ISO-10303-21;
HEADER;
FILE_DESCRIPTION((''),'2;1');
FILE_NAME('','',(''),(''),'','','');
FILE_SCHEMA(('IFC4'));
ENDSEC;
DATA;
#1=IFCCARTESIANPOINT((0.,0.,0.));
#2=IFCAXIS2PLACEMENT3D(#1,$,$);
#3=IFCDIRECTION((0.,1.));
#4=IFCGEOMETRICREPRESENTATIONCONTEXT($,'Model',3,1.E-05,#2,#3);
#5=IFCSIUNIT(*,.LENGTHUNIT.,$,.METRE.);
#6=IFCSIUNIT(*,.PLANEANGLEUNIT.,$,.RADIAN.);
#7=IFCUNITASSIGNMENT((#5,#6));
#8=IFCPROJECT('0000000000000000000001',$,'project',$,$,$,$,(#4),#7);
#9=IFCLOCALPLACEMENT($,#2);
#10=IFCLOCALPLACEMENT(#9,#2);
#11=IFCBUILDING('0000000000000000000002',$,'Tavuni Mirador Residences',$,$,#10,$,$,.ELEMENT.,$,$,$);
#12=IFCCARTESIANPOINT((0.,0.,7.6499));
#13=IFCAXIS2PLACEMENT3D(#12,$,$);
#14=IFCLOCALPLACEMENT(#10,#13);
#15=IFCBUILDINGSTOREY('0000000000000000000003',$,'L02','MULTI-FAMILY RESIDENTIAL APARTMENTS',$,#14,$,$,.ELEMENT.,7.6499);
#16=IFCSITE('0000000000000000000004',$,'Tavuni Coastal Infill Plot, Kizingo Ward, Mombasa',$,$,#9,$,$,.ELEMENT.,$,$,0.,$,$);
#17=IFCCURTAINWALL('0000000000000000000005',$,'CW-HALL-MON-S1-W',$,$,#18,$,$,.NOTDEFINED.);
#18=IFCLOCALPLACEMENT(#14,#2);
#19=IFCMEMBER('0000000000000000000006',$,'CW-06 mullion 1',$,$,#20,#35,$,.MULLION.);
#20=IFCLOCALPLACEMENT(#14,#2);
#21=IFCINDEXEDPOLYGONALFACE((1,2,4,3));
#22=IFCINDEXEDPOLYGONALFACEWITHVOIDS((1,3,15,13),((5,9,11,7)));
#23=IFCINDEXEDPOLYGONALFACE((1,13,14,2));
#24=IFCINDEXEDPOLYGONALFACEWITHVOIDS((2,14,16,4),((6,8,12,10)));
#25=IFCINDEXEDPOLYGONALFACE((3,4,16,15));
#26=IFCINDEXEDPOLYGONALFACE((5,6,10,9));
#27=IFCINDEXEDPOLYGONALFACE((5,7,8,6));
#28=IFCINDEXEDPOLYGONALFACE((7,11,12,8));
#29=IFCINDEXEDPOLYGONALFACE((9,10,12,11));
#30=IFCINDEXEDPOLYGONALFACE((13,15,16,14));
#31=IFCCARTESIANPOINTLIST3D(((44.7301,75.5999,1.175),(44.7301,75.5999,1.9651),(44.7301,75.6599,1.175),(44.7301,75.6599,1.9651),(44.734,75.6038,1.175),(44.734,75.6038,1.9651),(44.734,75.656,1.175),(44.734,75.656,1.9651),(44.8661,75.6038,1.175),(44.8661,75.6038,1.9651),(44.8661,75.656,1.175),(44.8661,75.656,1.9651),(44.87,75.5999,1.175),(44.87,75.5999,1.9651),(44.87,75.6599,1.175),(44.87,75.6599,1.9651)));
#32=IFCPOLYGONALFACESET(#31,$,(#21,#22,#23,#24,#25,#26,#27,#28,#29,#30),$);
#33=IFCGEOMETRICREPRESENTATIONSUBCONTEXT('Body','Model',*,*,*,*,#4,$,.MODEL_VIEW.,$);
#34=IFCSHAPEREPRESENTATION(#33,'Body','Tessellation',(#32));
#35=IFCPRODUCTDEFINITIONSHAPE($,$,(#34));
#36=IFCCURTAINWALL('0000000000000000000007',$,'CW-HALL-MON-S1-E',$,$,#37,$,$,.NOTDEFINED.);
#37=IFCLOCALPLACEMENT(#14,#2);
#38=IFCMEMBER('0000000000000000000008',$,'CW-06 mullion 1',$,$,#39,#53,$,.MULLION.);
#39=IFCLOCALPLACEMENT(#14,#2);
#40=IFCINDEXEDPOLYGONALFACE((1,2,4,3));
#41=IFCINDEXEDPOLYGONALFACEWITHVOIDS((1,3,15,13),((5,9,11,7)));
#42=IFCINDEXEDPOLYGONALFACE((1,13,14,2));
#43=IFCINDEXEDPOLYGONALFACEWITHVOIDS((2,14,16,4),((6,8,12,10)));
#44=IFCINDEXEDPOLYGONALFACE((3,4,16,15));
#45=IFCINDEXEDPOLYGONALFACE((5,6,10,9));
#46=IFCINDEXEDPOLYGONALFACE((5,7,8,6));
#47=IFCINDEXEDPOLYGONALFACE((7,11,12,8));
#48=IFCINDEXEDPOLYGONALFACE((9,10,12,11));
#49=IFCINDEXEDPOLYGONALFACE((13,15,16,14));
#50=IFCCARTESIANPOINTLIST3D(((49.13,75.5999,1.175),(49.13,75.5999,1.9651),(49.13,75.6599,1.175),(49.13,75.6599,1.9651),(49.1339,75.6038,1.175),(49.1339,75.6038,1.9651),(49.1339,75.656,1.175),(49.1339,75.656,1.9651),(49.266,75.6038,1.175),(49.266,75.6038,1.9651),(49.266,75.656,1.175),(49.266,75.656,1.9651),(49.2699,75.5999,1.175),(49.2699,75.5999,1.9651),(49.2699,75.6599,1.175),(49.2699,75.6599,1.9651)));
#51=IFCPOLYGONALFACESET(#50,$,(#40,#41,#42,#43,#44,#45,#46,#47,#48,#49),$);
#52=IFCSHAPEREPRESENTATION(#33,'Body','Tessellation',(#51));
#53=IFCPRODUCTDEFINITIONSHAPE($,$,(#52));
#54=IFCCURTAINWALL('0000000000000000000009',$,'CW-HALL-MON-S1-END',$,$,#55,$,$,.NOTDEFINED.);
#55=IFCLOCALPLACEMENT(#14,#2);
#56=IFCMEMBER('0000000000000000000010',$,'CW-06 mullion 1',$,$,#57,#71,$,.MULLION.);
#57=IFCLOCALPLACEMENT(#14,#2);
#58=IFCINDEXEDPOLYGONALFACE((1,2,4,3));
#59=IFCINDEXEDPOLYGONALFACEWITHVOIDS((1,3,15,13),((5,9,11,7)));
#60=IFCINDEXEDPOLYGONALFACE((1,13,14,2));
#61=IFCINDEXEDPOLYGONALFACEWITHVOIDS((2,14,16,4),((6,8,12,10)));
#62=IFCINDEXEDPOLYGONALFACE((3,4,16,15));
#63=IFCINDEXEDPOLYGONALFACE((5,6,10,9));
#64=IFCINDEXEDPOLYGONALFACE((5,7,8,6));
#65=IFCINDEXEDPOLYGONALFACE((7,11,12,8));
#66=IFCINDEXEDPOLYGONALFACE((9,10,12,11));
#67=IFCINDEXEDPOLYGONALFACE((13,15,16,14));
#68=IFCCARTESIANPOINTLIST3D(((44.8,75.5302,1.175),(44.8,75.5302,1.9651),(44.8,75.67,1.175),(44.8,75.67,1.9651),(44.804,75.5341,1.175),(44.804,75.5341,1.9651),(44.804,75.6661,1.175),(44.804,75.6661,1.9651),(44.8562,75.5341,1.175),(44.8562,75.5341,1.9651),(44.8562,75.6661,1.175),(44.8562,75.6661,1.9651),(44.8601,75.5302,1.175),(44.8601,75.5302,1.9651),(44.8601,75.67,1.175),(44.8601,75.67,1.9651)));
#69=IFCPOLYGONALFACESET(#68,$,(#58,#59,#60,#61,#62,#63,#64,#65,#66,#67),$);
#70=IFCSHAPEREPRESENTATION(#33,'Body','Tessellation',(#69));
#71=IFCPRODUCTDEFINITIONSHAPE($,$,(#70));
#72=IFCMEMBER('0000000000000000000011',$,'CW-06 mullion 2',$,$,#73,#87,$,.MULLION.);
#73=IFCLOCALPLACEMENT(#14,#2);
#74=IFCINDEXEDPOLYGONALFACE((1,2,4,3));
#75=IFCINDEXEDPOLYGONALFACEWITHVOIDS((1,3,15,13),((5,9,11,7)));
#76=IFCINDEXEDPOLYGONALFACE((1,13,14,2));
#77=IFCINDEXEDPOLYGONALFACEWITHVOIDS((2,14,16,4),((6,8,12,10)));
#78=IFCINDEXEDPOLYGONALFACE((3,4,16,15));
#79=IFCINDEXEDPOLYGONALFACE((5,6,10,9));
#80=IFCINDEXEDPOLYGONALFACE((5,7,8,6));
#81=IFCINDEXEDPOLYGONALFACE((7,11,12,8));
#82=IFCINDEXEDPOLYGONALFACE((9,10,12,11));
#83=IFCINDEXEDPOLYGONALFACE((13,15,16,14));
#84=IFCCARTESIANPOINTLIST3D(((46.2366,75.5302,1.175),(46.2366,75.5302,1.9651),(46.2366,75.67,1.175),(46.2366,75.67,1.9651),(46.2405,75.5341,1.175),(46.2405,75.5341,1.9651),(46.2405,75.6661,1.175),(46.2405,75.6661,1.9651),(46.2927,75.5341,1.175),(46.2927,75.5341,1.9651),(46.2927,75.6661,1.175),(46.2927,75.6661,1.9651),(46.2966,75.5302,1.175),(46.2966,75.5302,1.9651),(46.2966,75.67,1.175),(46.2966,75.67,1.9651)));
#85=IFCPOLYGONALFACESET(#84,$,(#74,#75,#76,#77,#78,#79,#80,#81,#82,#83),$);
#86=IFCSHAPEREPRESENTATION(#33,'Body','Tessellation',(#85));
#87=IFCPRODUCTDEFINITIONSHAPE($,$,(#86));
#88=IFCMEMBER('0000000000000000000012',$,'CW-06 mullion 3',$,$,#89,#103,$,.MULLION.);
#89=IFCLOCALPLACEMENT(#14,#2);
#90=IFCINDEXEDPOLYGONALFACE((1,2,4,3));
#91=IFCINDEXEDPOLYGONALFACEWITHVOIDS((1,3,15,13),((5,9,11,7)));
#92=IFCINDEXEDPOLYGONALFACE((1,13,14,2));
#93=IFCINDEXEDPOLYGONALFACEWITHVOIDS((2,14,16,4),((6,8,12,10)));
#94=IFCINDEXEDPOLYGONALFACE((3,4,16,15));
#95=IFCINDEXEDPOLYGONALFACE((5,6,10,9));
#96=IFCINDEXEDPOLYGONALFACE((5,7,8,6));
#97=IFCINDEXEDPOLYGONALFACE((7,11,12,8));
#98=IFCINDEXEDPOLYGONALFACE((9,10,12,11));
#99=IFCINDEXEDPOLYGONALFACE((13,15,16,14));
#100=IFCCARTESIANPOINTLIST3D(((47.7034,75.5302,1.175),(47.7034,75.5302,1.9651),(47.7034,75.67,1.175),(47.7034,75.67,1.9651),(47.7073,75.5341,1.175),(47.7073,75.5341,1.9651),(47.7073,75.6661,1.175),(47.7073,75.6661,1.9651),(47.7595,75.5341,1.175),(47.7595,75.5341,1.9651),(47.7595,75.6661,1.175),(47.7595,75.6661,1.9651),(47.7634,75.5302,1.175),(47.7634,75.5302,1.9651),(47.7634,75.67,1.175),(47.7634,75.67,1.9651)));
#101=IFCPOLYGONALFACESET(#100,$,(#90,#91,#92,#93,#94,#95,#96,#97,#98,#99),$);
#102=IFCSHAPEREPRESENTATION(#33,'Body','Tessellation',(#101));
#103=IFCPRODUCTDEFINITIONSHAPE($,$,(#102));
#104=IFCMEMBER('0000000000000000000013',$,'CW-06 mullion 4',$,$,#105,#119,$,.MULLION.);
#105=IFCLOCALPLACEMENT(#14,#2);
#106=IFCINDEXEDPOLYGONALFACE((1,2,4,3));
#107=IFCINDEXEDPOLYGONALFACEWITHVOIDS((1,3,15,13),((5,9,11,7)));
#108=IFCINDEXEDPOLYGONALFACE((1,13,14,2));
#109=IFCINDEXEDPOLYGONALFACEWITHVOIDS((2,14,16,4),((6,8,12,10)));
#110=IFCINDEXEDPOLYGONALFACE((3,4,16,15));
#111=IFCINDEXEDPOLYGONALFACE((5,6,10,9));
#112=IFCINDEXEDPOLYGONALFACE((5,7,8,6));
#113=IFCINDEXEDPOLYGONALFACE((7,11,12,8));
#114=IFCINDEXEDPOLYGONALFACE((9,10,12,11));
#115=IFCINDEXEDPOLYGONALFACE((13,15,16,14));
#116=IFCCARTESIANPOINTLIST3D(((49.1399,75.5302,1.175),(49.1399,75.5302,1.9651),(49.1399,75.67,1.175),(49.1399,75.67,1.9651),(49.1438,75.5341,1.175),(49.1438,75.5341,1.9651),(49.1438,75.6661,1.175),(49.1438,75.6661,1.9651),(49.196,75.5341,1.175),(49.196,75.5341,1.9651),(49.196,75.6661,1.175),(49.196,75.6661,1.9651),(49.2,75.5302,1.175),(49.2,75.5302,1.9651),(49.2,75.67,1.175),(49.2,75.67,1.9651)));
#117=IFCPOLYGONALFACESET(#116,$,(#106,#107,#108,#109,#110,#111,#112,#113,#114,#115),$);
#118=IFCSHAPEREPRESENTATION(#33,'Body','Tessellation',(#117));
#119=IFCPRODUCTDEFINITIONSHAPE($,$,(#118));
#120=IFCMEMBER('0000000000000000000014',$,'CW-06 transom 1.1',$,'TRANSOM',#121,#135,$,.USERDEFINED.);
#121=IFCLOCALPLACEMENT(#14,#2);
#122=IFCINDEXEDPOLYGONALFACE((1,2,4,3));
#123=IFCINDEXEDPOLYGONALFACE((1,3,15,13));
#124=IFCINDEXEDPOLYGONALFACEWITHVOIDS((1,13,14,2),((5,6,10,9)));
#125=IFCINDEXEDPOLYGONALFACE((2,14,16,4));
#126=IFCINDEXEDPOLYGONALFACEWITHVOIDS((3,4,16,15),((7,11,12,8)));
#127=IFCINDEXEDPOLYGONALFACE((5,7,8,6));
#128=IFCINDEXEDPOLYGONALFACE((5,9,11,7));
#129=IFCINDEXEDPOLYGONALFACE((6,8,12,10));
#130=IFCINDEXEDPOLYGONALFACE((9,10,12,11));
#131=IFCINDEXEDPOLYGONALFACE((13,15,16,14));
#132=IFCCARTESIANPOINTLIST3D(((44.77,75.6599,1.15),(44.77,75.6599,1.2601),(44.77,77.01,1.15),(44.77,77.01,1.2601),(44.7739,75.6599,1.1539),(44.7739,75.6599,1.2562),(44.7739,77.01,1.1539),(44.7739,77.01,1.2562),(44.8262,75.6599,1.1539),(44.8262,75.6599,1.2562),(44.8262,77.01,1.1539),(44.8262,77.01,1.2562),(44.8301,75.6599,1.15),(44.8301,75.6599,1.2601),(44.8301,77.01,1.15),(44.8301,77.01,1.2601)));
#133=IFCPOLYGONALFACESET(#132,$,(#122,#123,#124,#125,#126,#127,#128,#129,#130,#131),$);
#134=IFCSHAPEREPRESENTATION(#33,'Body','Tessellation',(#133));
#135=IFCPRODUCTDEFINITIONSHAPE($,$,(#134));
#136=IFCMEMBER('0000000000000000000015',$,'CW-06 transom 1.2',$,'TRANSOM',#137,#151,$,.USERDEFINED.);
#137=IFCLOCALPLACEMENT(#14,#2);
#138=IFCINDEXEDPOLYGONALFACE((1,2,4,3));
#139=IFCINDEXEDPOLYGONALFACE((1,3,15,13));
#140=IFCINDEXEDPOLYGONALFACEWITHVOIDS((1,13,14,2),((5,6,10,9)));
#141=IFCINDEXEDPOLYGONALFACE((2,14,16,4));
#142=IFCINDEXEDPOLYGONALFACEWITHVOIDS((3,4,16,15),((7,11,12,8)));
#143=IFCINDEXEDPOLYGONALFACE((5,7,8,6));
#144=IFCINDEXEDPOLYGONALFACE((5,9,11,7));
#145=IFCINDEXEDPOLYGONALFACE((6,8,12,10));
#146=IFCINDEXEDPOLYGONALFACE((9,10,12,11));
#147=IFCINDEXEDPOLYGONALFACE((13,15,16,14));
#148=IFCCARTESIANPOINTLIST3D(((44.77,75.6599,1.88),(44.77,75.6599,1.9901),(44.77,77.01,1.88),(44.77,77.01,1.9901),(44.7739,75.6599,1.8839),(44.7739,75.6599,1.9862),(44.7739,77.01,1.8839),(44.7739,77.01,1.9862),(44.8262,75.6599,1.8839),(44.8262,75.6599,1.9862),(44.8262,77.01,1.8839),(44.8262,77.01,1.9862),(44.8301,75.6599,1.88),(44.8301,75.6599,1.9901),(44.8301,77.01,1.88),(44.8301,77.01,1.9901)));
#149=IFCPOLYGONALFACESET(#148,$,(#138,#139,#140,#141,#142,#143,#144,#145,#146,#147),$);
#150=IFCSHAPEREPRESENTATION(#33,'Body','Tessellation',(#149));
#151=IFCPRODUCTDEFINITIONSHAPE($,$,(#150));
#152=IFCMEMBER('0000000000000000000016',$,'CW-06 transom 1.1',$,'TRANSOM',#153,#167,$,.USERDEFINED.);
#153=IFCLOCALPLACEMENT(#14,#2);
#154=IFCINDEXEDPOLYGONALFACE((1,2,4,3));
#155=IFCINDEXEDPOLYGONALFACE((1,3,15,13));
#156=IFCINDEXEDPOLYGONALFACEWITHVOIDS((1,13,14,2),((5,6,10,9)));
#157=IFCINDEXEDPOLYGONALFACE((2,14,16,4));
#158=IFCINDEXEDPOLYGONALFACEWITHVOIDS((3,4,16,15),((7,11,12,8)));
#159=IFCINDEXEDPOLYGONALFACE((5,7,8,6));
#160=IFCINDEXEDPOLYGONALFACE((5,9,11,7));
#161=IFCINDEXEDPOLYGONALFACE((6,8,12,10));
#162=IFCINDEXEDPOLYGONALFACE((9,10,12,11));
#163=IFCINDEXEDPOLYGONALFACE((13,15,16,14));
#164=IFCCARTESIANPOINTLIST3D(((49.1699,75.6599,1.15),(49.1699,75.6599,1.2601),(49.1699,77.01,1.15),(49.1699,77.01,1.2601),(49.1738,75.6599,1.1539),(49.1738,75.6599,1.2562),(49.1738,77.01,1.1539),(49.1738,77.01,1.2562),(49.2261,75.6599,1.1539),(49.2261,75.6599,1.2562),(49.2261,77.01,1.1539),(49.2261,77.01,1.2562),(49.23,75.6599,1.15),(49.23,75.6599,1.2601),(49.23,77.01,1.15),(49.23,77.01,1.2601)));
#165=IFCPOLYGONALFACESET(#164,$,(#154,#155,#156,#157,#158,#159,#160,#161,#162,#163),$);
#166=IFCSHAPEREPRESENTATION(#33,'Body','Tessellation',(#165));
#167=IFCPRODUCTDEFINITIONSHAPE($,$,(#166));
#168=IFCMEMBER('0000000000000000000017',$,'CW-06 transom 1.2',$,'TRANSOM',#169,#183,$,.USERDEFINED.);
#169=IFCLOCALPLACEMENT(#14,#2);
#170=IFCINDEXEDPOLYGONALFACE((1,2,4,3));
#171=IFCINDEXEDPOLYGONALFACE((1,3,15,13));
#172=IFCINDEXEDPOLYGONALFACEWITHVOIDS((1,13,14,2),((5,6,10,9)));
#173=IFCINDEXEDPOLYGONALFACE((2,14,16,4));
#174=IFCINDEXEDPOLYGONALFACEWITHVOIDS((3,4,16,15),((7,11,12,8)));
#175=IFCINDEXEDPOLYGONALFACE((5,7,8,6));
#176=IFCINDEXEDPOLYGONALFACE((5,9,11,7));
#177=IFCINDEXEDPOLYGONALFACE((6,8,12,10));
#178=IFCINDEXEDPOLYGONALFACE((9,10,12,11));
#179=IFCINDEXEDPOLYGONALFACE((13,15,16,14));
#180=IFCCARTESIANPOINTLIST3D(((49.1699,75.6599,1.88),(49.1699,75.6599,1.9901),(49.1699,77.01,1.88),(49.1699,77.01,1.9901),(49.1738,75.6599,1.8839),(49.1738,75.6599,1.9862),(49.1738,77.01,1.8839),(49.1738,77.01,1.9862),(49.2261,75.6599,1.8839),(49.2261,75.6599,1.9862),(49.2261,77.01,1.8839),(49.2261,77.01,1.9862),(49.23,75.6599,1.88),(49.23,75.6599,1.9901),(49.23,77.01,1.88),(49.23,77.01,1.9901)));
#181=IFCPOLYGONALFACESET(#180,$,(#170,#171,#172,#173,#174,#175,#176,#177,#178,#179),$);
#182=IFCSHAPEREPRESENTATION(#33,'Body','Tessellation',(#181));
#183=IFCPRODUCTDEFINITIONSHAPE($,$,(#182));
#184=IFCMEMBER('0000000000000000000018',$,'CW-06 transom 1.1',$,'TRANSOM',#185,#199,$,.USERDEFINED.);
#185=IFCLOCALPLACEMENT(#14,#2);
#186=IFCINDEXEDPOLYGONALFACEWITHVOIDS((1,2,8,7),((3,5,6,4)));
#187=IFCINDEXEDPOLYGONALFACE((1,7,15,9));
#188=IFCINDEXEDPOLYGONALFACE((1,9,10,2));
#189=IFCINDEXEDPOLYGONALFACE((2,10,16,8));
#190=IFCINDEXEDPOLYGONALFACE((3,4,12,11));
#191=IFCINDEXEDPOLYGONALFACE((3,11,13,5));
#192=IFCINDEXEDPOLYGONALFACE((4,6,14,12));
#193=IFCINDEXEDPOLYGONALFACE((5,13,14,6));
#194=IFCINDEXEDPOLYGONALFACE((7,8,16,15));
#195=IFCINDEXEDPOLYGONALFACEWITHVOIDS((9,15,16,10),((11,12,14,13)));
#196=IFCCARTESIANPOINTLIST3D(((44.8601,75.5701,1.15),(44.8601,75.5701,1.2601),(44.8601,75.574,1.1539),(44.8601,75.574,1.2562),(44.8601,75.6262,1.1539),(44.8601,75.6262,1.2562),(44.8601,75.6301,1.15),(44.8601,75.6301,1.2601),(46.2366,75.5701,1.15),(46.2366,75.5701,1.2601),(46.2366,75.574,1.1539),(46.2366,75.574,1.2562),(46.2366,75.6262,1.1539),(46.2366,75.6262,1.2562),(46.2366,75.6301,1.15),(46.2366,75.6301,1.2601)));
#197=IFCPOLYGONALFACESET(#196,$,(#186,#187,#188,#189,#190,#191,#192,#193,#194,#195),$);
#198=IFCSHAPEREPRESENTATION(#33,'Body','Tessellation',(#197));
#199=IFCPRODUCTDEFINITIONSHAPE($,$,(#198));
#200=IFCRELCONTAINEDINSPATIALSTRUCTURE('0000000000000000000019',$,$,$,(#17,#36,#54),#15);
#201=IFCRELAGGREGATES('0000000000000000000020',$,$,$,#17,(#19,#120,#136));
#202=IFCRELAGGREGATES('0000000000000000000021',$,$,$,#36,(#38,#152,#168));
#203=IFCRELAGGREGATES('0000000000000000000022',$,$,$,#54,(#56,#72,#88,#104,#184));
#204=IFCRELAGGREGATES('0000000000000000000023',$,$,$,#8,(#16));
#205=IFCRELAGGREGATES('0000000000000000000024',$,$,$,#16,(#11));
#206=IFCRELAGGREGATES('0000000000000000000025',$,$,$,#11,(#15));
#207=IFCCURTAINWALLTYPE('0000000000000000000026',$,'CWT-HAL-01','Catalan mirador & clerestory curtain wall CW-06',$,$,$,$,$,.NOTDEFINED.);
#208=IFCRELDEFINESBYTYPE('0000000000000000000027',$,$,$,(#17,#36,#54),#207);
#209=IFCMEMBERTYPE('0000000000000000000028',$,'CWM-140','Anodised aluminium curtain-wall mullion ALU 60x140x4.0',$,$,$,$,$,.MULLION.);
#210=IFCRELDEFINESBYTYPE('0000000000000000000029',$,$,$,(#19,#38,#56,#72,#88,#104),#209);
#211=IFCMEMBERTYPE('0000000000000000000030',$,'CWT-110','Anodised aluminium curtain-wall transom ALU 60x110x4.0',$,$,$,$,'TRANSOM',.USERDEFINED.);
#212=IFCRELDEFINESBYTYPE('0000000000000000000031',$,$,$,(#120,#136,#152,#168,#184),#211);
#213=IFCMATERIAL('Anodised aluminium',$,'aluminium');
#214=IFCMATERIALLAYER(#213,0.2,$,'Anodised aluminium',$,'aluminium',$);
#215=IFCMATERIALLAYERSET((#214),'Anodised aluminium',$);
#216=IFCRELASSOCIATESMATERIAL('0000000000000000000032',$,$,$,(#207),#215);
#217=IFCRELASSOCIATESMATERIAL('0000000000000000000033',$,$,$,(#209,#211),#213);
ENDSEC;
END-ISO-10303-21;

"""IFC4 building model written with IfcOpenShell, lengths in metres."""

from ifc_helpers import new_model, si_unit, direction, frame, origin, origin_2d, place, context, subcontext, project, spatial, hollow_rectangle, extrude, material, layer, layer_set, material_profile, profile_set, type_object, element, aggregate, save


model = new_model("IFC4")

# Units and contexts
model_context = context("Model", 3, precision=1e-05, world=origin(), true_north=direction((0.0, 1.0)))
body_context = subcontext(model_context, "Body", "Model", "MODEL_VIEW")
ifc_project = project(units=[si_unit("LENGTHUNIT", "METRE"), si_unit("PLANEANGLEUNIT", "RADIAN")], contexts=[model_context])

# Site, building, storey
site_placement = place(None, origin())
site = spatial("IfcSite", under=ifc_project, at=site_placement, Name="Tavuni Coastal Infill Plot, Kizingo Ward, Mombasa", CompositionType="ELEMENT", RefElevation=0.0)
building_placement = place(site_placement, origin())
building = spatial("IfcBuilding", under=site, at=building_placement, Name="Tavuni Mirador Residences", CompositionType="ELEMENT")
storey_placement = place(building_placement, frame((0.0, 0.0, 7.6499)))
storey = spatial("IfcBuildingStorey", under=building, at=storey_placement, Name="L02", Description="MULTI-FAMILY RESIDENTIAL APARTMENTS", CompositionType="ELEMENT", Elevation=7.6499)

# Curtain walls, members
ifc_material_1 = material(Name="Anodised aluminium", Category="aluminium")
ifc_layer_1 = layer(ifc_material_1, 0.2, Name="Anodised aluminium", Category="aluminium")
ifc_layer_set_1 = layer_set([ifc_layer_1], Name="Anodised aluminium")
curtain_wall_type = type_object("IfcCurtainWallType", Name="CWT-HAL-01", Description="Catalan mirador & clerestory curtain wall CW-06", PredefinedType="NOTDEFINED", material=ifc_layer_set_1)
curtain_wall_1_placement = place(storey_placement, origin())
curtain_wall_1 = element("IfcCurtainWall", 1, at=curtain_wall_1_placement, inside=storey, type_object=curtain_wall_type, Name="CW-HALL-MON-S1-W", PredefinedType="NOTDEFINED")
ifc_material_profile_1 = material_profile(ifc_material_1, hollow_rectangle(XDim=0.0601, YDim=0.1399, WallThickness=0.0039, at=origin_2d()), Name="ALU 60x140x4.0", Category="aluminium")
ifc_profile_set_1 = profile_set([ifc_material_profile_1], Name="Anodised aluminium")
member_type_1 = type_object("IfcMemberType", Name="CWM-140", Description="Anodised aluminium curtain-wall mullion ALU 60x140x4.0", PredefinedType="MULLION", material=ifc_profile_set_1)
member_1_placement = place(storey_placement, frame((44.8, 75.6299, 1.175), z_axis=(0.0, 0.0, 1.0), x_axis=(0.0, 1.0, 0.0)))
member_1 = element("IfcMember", 2, at=member_1_placement, type_object=member_type_1, Name="CW-06 mullion 1", PredefinedType="MULLION", context=body_context, shape_type="SweptSolid", body=[
    extrude(hollow_rectangle(XDim=0.0601, YDim=0.1399, WallThickness=0.0039, at=origin_2d()), origin(), (0.0, 0.0, 1.0), 0.79),
])
curtain_wall_2_placement = place(storey_placement, origin())
curtain_wall_2 = element("IfcCurtainWall", 3, at=curtain_wall_2_placement, inside=storey, type_object=curtain_wall_type, Name="CW-HALL-MON-S1-E", PredefinedType="NOTDEFINED")
member_2_placement = place(storey_placement, frame((49.2, 75.6299, 1.175), z_axis=(0.0, 0.0, 1.0), x_axis=(0.0, 1.0, 0.0)))
member_2 = element("IfcMember", 4, at=member_2_placement, type_object=member_type_1, Name="CW-06 mullion 1", PredefinedType="MULLION", context=body_context, shape_type="SweptSolid", body=[
    extrude(hollow_rectangle(XDim=0.0601, YDim=0.1399, WallThickness=0.0039, at=origin_2d()), origin(), (0.0, 0.0, 1.0), 0.79),
])

# Curtain wall, members
curtain_wall_3_placement = place(storey_placement, origin())
curtain_wall_3 = element("IfcCurtainWall", 5, at=curtain_wall_3_placement, inside=storey, type_object=curtain_wall_type, Name="CW-HALL-MON-S1-END", PredefinedType="NOTDEFINED")
member_3_placement = place(storey_placement, frame((44.8301, 75.6001, 1.175), z_axis=(0.0, 0.0, 1.0), x_axis=(1.0, 0.0, 0.0)))
member_3 = element("IfcMember", 6, at=member_3_placement, type_object=member_type_1, Name="CW-06 mullion 1", PredefinedType="MULLION", context=body_context, shape_type="SweptSolid", body=[
    extrude(hollow_rectangle(XDim=0.0601, YDim=0.1399, WallThickness=0.0039, at=origin_2d()), origin(), (0.0, 0.0, 1.0), 0.79),
])
member_4_placement = place(storey_placement, frame((46.2666, 75.6001, 1.175), z_axis=(0.0, 0.0, 1.0), x_axis=(1.0, 0.0, 0.0)))
member_4 = element("IfcMember", 7, at=member_4_placement, type_object=member_type_1, Name="CW-06 mullion 2", PredefinedType="MULLION", context=body_context, shape_type="SweptSolid", body=[
    extrude(hollow_rectangle(XDim=0.0601, YDim=0.1399, WallThickness=0.0039, at=origin_2d()), origin(), (0.0, 0.0, 1.0), 0.79),
])
member_5_placement = place(storey_placement, frame((47.7334, 75.6001, 1.175), z_axis=(0.0, 0.0, 1.0), x_axis=(1.0, 0.0, 0.0)))
member_5 = element("IfcMember", 8, at=member_5_placement, type_object=member_type_1, Name="CW-06 mullion 3", PredefinedType="MULLION", context=body_context, shape_type="SweptSolid", body=[
    extrude(hollow_rectangle(XDim=0.0601, YDim=0.1399, WallThickness=0.0039, at=origin_2d()), origin(), (0.0, 0.0, 1.0), 0.79),
])
member_6_placement = place(storey_placement, frame((49.1699, 75.6001, 1.175), z_axis=(0.0, 0.0, 1.0), x_axis=(1.0, 0.0, 0.0)))
member_6 = element("IfcMember", 9, at=member_6_placement, type_object=member_type_1, Name="CW-06 mullion 4", PredefinedType="MULLION", context=body_context, shape_type="SweptSolid", body=[
    extrude(hollow_rectangle(XDim=0.0601, YDim=0.1399, WallThickness=0.0039, at=origin_2d()), origin(), (0.0, 0.0, 1.0), 0.79),
])

# Members
ifc_material_profile_2 = material_profile(ifc_material_1, hollow_rectangle(XDim=0.0601, YDim=0.1101, WallThickness=0.0039, at=origin_2d()), Name="ALU 60x110x4.0", Category="aluminium")
ifc_profile_set_2 = profile_set([ifc_material_profile_2], Name="Anodised aluminium")
member_type_2 = type_object("IfcMemberType", Name="CWT-110", Description="Anodised aluminium curtain-wall transom ALU 60x110x4.0", ElementType="TRANSOM", PredefinedType="USERDEFINED", material=ifc_profile_set_2)
member_7_placement = place(storey_placement, frame((44.8, 75.6599, 1.2051), z_axis=(0.0, 1.0, 0.0), x_axis=(-1.0, 0.0, 0.0)))
member_7 = element("IfcMember", 10, at=member_7_placement, type_object=member_type_2, Name="CW-06 transom 1.1", ObjectType="TRANSOM", PredefinedType="USERDEFINED", context=body_context, shape_type="SweptSolid", body=[
    extrude(hollow_rectangle(XDim=0.0601, YDim=0.1101, WallThickness=0.0039, at=origin_2d()), origin(), (0.0, 0.0, 1.0), 1.3501),
])
member_8_placement = place(storey_placement, frame((44.8, 75.6599, 1.9351), z_axis=(0.0, 1.0, 0.0), x_axis=(-1.0, 0.0, 0.0)))
member_8 = element("IfcMember", 11, at=member_8_placement, type_object=member_type_2, Name="CW-06 transom 1.2", ObjectType="TRANSOM", PredefinedType="USERDEFINED", context=body_context, shape_type="SweptSolid", body=[
    extrude(hollow_rectangle(XDim=0.0601, YDim=0.1101, WallThickness=0.0039, at=origin_2d()), origin(), (0.0, 0.0, 1.0), 1.3501),
])
aggregate(curtain_wall_1, [member_1, member_7, member_8])
member_9_placement = place(storey_placement, frame((49.2, 75.6599, 1.2051), z_axis=(0.0, 1.0, 0.0), x_axis=(-1.0, 0.0, 0.0)))
member_9 = element("IfcMember", 12, at=member_9_placement, type_object=member_type_2, Name="CW-06 transom 1.1", ObjectType="TRANSOM", PredefinedType="USERDEFINED", context=body_context, shape_type="SweptSolid", body=[
    extrude(hollow_rectangle(XDim=0.0601, YDim=0.1101, WallThickness=0.0039, at=origin_2d()), origin(), (0.0, 0.0, 1.0), 1.3501),
])
member_10_placement = place(storey_placement, frame((49.2, 75.6599, 1.9351), z_axis=(0.0, 1.0, 0.0), x_axis=(-1.0, 0.0, 0.0)))
member_10 = element("IfcMember", 13, at=member_10_placement, type_object=member_type_2, Name="CW-06 transom 1.2", ObjectType="TRANSOM", PredefinedType="USERDEFINED", context=body_context, shape_type="SweptSolid", body=[
    extrude(hollow_rectangle(XDim=0.0601, YDim=0.1101, WallThickness=0.0039, at=origin_2d()), origin(), (0.0, 0.0, 1.0), 1.3501),
])
aggregate(curtain_wall_2, [member_2, member_9, member_10])
member_11_placement = place(storey_placement, frame((44.8601, 75.6001, 1.2051), z_axis=(1.0, 0.0, 0.0), x_axis=(0.0, 1.0, 0.0)))
member_11 = element("IfcMember", 14, at=member_11_placement, type_object=member_type_2, Name="CW-06 transom 1.1", ObjectType="TRANSOM", PredefinedType="USERDEFINED", context=body_context, shape_type="SweptSolid", body=[
    extrude(hollow_rectangle(XDim=0.0601, YDim=0.1101, WallThickness=0.0039, at=origin_2d()), origin(), (0.0, 0.0, 1.0), 1.3765),
])

aggregate(curtain_wall_3, [member_3, member_4, member_5, member_6, member_11])

save(model, "model.ifc")
